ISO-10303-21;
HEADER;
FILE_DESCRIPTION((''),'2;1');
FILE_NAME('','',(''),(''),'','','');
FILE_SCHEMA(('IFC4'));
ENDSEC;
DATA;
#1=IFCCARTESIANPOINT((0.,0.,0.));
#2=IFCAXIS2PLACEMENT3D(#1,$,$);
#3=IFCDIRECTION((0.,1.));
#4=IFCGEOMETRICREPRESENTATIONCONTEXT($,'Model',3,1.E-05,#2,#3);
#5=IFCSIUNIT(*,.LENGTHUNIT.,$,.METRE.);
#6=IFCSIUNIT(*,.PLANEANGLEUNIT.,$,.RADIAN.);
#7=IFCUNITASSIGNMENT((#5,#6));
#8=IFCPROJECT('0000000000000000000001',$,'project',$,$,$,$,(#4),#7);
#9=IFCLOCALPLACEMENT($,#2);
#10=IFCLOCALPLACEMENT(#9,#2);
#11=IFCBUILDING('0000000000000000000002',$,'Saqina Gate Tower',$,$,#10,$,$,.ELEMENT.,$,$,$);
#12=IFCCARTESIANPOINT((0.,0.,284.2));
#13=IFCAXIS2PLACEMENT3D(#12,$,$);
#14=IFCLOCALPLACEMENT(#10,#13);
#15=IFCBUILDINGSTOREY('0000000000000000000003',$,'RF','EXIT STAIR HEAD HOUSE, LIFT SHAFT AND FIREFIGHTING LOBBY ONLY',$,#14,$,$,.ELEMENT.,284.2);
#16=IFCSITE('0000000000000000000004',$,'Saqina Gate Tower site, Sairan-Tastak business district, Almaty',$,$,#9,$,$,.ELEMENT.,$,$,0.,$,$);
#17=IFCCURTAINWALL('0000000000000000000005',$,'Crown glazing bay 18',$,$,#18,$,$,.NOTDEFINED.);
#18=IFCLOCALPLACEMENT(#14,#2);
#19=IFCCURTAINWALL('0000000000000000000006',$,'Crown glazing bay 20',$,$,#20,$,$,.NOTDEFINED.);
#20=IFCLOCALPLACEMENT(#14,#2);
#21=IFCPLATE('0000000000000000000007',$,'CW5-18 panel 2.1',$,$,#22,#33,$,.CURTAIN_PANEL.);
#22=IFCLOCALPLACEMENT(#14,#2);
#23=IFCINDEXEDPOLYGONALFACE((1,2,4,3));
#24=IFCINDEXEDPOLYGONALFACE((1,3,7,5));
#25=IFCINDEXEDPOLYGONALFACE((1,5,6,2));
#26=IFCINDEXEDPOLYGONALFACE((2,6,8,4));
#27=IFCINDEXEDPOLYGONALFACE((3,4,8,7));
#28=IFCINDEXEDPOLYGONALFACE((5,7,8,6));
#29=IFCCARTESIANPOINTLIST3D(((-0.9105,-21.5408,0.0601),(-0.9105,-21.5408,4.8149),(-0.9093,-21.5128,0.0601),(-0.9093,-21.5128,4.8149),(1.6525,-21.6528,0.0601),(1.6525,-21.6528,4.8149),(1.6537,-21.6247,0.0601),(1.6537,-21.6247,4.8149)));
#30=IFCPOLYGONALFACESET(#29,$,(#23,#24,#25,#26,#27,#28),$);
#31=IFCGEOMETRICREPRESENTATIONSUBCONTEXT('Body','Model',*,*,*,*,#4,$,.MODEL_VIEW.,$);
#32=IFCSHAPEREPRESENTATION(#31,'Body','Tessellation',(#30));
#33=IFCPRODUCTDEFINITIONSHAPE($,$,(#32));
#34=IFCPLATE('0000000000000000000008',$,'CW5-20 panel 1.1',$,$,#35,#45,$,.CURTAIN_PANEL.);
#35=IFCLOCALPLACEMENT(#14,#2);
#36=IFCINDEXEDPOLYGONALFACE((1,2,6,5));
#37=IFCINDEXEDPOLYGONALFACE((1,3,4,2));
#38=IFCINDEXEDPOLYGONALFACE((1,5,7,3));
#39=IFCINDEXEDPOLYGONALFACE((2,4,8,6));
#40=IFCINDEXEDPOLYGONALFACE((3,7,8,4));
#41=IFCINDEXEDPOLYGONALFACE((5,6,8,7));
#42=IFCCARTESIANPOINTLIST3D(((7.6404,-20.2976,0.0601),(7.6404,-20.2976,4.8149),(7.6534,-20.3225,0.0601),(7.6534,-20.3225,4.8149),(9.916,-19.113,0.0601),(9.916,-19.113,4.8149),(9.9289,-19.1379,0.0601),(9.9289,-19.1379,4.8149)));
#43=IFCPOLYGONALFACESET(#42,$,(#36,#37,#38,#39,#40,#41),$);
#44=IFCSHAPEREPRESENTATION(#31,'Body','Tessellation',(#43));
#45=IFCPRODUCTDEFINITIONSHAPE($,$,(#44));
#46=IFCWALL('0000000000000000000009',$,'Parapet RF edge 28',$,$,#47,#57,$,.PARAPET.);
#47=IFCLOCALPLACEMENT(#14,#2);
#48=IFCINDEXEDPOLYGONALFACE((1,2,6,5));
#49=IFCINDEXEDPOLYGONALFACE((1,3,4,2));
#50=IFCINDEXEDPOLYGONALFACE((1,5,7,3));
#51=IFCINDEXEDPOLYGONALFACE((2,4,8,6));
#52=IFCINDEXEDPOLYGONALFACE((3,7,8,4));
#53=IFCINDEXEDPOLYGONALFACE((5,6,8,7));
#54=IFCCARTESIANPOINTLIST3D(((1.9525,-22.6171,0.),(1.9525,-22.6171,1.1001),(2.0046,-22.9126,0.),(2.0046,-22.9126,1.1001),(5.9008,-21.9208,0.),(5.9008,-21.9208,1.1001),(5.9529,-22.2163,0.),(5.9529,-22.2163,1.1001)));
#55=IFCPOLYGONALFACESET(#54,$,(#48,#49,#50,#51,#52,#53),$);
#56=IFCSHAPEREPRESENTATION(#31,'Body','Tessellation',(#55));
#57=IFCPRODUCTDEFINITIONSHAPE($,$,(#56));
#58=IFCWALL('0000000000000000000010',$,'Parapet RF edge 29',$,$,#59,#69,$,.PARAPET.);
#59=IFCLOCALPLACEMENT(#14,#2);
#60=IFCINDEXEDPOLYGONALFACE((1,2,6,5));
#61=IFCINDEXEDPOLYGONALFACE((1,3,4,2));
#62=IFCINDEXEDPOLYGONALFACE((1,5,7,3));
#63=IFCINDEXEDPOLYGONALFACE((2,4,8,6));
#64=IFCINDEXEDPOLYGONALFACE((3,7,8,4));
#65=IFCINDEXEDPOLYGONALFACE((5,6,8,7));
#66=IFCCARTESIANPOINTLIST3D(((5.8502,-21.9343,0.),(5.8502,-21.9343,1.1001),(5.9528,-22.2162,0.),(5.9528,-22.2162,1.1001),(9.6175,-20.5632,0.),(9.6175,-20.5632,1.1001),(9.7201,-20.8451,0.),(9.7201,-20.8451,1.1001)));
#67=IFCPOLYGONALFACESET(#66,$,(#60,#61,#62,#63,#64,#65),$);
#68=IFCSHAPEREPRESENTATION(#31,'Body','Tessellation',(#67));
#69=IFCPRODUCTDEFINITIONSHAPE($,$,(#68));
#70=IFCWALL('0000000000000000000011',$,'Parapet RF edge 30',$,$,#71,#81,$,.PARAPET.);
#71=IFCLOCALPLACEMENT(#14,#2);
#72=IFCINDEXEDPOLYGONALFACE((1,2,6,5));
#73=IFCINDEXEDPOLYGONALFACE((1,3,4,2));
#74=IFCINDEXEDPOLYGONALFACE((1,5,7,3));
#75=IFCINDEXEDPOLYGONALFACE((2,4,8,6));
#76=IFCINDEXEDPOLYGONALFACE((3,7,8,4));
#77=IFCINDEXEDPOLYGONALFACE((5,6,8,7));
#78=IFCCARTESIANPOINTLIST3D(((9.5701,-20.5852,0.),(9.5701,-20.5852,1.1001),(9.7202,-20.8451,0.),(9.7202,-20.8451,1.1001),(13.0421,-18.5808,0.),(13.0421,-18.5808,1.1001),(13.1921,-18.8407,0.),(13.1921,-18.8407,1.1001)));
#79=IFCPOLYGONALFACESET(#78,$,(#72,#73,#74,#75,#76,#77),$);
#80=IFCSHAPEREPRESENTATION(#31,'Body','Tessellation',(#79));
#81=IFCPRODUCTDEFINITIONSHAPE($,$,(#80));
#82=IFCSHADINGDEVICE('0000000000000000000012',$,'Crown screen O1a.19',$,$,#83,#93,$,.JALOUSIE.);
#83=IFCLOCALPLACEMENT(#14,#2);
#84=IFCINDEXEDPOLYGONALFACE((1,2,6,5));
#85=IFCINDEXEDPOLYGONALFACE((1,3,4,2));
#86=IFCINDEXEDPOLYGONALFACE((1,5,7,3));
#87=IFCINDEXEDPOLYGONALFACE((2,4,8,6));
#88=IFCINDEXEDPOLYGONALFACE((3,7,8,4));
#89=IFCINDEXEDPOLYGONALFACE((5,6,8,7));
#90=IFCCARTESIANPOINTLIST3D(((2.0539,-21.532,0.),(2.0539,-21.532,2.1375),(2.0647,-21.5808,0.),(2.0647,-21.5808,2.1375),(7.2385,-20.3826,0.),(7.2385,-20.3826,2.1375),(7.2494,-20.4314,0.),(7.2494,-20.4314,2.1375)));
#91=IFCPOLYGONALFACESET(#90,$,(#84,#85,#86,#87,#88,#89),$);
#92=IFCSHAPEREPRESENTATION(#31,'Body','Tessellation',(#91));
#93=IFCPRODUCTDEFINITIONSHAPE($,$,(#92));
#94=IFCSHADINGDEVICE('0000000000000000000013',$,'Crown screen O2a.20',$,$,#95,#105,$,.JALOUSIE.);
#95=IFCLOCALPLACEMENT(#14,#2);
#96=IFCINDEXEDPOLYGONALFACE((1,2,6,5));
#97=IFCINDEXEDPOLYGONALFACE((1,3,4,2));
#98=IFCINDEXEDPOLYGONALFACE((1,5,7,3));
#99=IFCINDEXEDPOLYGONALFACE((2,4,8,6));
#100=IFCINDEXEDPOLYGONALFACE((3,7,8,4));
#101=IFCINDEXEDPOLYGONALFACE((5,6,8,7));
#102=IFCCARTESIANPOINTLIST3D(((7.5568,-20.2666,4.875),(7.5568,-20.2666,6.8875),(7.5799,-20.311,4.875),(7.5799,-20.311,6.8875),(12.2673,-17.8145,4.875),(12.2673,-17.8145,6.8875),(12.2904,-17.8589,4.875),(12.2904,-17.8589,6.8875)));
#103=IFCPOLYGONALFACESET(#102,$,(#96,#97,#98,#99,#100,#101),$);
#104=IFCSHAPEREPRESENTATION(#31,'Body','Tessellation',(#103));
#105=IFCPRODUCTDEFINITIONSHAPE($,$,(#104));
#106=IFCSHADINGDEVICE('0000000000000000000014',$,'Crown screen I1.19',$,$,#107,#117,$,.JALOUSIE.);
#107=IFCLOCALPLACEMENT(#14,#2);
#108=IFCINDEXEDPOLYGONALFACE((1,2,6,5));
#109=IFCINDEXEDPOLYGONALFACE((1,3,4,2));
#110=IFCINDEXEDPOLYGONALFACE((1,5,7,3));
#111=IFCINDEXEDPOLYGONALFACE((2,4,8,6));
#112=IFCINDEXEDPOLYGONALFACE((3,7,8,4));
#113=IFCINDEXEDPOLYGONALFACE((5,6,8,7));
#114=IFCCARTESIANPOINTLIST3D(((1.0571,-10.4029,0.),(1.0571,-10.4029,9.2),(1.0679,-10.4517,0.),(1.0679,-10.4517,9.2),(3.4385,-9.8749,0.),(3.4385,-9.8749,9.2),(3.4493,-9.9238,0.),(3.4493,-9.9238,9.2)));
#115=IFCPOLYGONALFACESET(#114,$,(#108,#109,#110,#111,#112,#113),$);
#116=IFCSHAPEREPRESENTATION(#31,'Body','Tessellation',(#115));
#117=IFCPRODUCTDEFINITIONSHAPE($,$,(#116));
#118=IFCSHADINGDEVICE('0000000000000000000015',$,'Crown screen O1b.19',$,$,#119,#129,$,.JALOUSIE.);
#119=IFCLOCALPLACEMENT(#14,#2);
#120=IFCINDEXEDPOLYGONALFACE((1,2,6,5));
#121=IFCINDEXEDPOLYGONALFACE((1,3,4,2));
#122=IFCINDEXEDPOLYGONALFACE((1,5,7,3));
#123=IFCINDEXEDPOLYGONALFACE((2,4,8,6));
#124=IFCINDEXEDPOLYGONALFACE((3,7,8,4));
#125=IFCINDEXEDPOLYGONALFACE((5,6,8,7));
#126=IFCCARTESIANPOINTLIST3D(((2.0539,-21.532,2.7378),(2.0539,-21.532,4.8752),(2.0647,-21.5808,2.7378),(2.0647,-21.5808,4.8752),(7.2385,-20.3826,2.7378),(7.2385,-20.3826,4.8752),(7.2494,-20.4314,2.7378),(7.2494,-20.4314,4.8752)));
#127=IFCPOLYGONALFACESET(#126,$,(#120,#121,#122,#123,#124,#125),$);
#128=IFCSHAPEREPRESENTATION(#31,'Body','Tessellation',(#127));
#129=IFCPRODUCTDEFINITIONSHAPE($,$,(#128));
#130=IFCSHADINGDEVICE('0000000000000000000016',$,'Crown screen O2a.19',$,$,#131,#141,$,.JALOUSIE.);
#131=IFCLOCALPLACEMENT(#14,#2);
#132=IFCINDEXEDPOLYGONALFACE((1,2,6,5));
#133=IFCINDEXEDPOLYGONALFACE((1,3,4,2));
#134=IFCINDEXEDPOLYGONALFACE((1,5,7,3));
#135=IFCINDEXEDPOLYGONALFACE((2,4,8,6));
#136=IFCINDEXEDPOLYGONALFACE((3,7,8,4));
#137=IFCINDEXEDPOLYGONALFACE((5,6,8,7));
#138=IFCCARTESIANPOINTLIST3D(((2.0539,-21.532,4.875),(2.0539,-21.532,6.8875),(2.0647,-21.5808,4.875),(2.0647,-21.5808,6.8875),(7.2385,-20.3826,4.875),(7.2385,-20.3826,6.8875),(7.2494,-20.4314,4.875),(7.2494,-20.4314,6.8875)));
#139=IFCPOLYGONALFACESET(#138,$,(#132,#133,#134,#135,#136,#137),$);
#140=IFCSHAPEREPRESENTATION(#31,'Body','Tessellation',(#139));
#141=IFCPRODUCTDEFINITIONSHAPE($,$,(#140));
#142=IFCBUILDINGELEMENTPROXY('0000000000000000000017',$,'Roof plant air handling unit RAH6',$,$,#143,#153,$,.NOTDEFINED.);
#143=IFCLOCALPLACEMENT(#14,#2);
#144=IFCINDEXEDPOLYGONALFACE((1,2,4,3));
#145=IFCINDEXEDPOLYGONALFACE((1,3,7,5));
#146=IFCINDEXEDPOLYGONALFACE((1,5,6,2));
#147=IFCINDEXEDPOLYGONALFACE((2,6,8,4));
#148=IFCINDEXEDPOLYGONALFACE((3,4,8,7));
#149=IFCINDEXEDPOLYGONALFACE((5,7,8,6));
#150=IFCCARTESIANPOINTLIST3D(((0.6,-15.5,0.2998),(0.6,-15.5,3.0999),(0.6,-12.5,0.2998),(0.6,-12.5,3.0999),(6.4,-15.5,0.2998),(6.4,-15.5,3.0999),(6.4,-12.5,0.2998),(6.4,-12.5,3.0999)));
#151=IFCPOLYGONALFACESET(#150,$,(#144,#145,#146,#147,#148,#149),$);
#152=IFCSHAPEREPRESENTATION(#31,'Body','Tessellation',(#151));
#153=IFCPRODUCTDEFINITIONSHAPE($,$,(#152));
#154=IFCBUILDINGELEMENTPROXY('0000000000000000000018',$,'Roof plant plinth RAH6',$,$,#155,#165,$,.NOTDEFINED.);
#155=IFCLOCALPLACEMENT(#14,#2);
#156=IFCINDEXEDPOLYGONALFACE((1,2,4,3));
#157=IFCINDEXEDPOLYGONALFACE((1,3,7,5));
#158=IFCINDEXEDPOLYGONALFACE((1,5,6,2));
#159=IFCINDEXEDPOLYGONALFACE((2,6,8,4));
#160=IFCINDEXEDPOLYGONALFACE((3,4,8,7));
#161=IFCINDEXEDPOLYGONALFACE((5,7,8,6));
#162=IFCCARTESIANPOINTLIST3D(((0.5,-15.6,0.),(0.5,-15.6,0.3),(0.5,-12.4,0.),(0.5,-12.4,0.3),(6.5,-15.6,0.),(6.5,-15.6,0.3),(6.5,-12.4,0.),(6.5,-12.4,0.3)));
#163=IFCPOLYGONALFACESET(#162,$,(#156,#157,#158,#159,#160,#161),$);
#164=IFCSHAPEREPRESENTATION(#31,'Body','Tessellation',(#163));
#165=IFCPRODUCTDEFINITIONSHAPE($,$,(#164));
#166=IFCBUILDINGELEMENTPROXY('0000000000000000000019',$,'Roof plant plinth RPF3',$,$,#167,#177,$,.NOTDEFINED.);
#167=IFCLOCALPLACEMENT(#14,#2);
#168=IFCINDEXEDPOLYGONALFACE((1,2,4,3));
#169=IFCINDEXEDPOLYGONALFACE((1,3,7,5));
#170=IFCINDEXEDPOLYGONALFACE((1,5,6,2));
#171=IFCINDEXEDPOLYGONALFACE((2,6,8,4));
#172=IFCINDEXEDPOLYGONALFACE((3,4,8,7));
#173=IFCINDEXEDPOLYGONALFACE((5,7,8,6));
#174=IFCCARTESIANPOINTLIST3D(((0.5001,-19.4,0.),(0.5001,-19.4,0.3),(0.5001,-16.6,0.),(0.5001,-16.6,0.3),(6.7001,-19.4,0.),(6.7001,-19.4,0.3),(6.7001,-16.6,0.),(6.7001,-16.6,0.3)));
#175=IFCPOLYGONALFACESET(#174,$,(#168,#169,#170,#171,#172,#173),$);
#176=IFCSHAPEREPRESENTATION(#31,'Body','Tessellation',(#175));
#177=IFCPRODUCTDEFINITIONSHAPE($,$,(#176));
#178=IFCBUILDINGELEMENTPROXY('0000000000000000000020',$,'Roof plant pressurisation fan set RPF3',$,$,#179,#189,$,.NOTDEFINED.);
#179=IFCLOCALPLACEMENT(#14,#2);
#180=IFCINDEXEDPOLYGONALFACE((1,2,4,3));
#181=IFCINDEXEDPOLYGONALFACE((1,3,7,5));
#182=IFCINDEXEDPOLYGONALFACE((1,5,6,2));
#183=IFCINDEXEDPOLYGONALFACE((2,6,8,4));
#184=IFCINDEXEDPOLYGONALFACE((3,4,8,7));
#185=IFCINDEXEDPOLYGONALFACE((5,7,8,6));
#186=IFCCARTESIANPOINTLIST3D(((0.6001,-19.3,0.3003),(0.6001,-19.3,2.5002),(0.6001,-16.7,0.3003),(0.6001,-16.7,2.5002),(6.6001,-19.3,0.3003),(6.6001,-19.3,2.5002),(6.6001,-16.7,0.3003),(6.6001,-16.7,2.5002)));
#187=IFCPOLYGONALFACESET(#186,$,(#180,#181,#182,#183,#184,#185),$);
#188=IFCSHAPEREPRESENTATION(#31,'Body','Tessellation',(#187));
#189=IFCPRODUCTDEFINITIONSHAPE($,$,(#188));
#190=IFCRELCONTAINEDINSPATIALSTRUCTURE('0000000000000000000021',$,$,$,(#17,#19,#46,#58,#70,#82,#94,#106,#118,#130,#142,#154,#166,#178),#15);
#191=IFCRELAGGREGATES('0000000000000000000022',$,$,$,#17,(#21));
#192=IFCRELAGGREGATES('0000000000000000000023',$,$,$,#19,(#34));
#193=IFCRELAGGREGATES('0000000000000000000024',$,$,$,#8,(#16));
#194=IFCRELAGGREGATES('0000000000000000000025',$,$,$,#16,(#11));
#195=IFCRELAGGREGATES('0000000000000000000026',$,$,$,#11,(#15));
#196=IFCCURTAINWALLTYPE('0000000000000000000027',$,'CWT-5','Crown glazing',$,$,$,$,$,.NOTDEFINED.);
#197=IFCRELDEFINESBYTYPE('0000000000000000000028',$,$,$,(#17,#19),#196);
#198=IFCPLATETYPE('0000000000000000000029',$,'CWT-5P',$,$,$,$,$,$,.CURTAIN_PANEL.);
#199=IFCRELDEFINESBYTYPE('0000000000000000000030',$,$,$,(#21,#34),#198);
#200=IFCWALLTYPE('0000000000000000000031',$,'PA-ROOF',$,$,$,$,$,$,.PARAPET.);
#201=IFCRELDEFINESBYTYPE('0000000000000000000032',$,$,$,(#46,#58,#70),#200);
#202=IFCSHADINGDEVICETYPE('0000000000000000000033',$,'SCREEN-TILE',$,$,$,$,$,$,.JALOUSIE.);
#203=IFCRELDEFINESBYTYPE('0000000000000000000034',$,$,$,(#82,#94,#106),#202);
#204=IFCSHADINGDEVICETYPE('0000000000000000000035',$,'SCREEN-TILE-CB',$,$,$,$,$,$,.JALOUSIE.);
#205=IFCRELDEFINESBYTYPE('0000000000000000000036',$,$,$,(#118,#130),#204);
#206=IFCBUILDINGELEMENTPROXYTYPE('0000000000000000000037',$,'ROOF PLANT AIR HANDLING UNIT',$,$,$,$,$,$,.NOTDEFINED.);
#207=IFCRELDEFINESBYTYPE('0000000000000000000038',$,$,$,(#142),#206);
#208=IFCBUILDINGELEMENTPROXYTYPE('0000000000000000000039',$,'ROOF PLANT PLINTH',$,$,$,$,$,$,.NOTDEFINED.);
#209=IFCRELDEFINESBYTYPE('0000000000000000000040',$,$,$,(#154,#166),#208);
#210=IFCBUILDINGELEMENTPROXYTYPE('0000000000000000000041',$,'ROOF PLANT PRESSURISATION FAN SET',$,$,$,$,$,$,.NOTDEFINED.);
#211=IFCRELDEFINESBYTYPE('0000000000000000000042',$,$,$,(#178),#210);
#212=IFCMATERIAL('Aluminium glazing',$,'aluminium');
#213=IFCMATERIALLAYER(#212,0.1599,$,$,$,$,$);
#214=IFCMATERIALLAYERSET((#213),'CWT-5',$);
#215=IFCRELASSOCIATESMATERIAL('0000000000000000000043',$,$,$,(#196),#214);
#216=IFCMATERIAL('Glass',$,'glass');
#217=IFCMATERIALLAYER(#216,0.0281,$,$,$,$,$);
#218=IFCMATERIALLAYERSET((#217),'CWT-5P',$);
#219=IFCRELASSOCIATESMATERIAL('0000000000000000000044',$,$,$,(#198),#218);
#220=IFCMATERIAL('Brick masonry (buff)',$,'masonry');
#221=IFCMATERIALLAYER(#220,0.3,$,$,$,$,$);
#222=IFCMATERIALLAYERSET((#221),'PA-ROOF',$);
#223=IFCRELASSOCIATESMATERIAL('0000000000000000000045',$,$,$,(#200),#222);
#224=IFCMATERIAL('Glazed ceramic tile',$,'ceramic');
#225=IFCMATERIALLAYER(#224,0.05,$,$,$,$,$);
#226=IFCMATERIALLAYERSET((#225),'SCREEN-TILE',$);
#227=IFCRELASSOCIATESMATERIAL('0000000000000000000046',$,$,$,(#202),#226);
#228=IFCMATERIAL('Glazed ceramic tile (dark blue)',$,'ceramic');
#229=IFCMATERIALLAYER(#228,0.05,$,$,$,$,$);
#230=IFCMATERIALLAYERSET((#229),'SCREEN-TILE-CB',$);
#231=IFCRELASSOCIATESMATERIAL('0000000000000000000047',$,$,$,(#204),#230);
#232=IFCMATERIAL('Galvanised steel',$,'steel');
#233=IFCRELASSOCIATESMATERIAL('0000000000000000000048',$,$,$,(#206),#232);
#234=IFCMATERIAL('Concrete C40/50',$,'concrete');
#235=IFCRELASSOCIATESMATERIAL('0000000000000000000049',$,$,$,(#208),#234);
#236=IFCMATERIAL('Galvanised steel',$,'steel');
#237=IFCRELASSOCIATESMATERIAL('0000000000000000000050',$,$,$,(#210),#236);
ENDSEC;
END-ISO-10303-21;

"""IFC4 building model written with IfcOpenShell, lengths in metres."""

from ifc_helpers import new_model, si_unit, direction, frame, frame_2d, origin, origin_2d, place, context, subcontext, project, spatial, rectangle, extrude, material, layer, layer_set, type_object, element, aggregate, save


model = new_model("IFC4")

# Units and contexts
model_context = context("Model", 3, precision=1e-05, world=origin(), true_north=direction((0.0, 1.0)))
body_context = subcontext(model_context, "Body", "Model", "MODEL_VIEW")
ifc_project = project(units=[si_unit("LENGTHUNIT", "METRE"), si_unit("PLANEANGLEUNIT", "RADIAN")], contexts=[model_context])

# Site, building, storey
site_placement = place(None, origin())
site = spatial("IfcSite", under=ifc_project, at=site_placement, Name="Saqina Gate Tower site, Sairan-Tastak business district, Almaty", CompositionType="ELEMENT", RefElevation=0.0)
building_placement = place(site_placement, origin())
building = spatial("IfcBuilding", under=site, at=building_placement, Name="Saqina Gate Tower", CompositionType="ELEMENT")
storey_placement = place(building_placement, frame((0.0, 0.0, 284.2)))
storey = spatial("IfcBuildingStorey", under=building, at=storey_placement, Name="RF", Description="EXIT STAIR HEAD HOUSE, LIFT SHAFT AND FIREFIGHTING LOBBY ONLY", CompositionType="ELEMENT", Elevation=284.2)

# Curtain wall
ifc_material_1 = material(Name="Aluminium glazing", Category="aluminium")
ifc_layer_1 = layer(ifc_material_1, 0.1599)
ifc_layer_set_1 = layer_set([ifc_layer_1], Name="CWT-5")
curtain_wall_type = type_object("IfcCurtainWallType", Name="CWT-5", Description="Crown glazing", PredefinedType="NOTDEFINED", material=ifc_layer_set_1)
curtain_wall_1_placement = place(storey_placement, origin())
curtain_wall_1 = element("IfcCurtainWall", 1, at=curtain_wall_1_placement, inside=storey, type_object=curtain_wall_type, Name="Crown glazing bay 18", PredefinedType="NOTDEFINED")

# Curtain wall
curtain_wall_2_placement = place(storey_placement, origin())
curtain_wall_2 = element("IfcCurtainWall", 2, at=curtain_wall_2_placement, inside=storey, type_object=curtain_wall_type, Name="Crown glazing bay 20", PredefinedType="NOTDEFINED")

# Plates
ifc_material_2 = material(Name="Glass", Category="glass")
ifc_layer_2 = layer(ifc_material_2, 0.0281)
ifc_layer_set_2 = layer_set([ifc_layer_2], Name="CWT-5P")
plate_type = type_object("IfcPlateType", Name="CWT-5P", PredefinedType="CURTAIN_PANEL", material=ifc_layer_set_2)
plate_1_placement = place(storey_placement, frame((0.3716, -21.5828, 0.0601), z_axis=(0.0, 0.0, 1.0), x_axis=(0.999048, -0.043629, 0.0)))
plate_1 = element("IfcPlate", 3, at=plate_1_placement, type_object=plate_type, Name="CW5-18 panel 2.1", PredefinedType="CURTAIN_PANEL", context=body_context, shape_type="SweptSolid", body=[
    extrude(rectangle(XDim=2.5654, YDim=0.0281, at=origin_2d()), origin(), (0.0, 0.0, 1.0), 4.7549),
])
aggregate(curtain_wall_1, [plate_1])
plate_2_placement = place(storey_placement, frame((8.7847, -19.7178, 0.0601), z_axis=(0.0, 0.0, 1.0), x_axis=(0.88701, 0.461751, 0.0)))
plate_2 = element("IfcPlate", 4, at=plate_2_placement, type_object=plate_type, Name="CW5-20 panel 1.1", PredefinedType="CURTAIN_PANEL", context=body_context, shape_type="SweptSolid", body=[
    extrude(rectangle(XDim=2.5654, YDim=0.0281, at=origin_2d()), origin(), (0.0, 0.0, 1.0), 4.7549),
])
aggregate(curtain_wall_2, [plate_2])

# Walls
ifc_material_3 = material(Name="Brick masonry (buff)", Category="masonry")
ifc_layer_3 = layer(ifc_material_3, 0.3)
ifc_layer_set_3 = layer_set([ifc_layer_3], Name="PA-ROOF")
wall_type = type_object("IfcWallType", Name="PA-ROOF", PredefinedType="PARAPET", material=ifc_layer_set_3)
wall_placement = place(storey_placement, frame((1.9785, -22.7649, 0.0), z_axis=(0.0, 0.0, 1.0), x_axis=(0.984803, 0.173674, 0.0)))
element("IfcWall", 5, at=wall_placement, inside=storey, type_object=wall_type, Name="Parapet RF edge 28", PredefinedType="PARAPET", context=body_context, shape_type="SweptSolid", body=[
    extrude(rectangle(XDim=4.0093, YDim=0.3, at=frame_2d((2.0046, 0.0))), origin(), (0.0, 0.0, 1.0), 1.1001),
])
for number, where, z_axis, x_axis, name in (
    (6, (5.9016, -22.0752, 0.0), (0.0, 0.0, 1.0), (0.939701, 0.341997, 0.0), "Parapet RF edge 29"),
    (7, (9.6453, -20.7151, 0.0), (0.0, 0.0, 1.0), (0.866039, 0.499977, 0.0), "Parapet RF edge 30"),
):
    element("IfcWall", number, at=place(storey_placement, frame(where, z_axis=z_axis, x_axis=x_axis)), inside=storey, type_object=wall_type, Name=name, PredefinedType="PARAPET", context=body_context, shape_type="SweptSolid", body=[
        extrude(rectangle(XDim=4.009, YDim=0.3, at=frame_2d((2.0044, 0.0))), origin(), (0.0, 0.0, 1.0), 1.1001),
    ])

# Shading devices
ifc_material_4 = material(Name="Glazed ceramic tile", Category="ceramic")
ifc_layer_4 = layer(ifc_material_4, 0.05)
ifc_layer_set_4 = layer_set([ifc_layer_4], Name="SCREEN-TILE")
shading_device_type_1 = type_object("IfcShadingDeviceType", Name="SCREEN-TILE", PredefinedType="JALOUSIE", material=ifc_layer_set_4)
shading_device_1_placement = place(storey_placement, frame((4.6516, -20.9817, 0.0), z_axis=(0.0, 0.0, 1.0), x_axis=(0.976296, 0.21644, 0.0)))
element("IfcShadingDevice", 8, at=shading_device_1_placement, inside=storey, type_object=shading_device_type_1, Name="Crown screen O1a.19", PredefinedType="JALOUSIE", context=body_context, shape_type="SweptSolid", body=[
    extrude(rectangle(XDim=5.3105, YDim=0.05, at=origin_2d()), origin(), (0.0, 0.0, 1.0), 2.1375),
])
shading_device_2_placement = place(storey_placement, frame((9.9236, -19.0627, 4.875), z_axis=(0.0, 0.0, 1.0), x_axis=(0.887011, 0.461749, 0.0)))
element("IfcShadingDevice", 9, at=shading_device_2_placement, inside=storey, type_object=shading_device_type_1, Name="Crown screen O2a.20", PredefinedType="JALOUSIE", context=body_context, shape_type="SweptSolid", body=[
    extrude(rectangle(XDim=5.3105, YDim=0.05, at=origin_2d()), origin(), (0.0, 0.0, 1.0), 2.0125),
])
shading_device_3_placement = place(storey_placement, frame((2.2532, -10.1633, 0.0), z_axis=(0.0, 0.0, 1.0), x_axis=(0.976296, 0.21644, 0.0)))
element("IfcShadingDevice", 10, at=shading_device_3_placement, inside=storey, type_object=shading_device_type_1, Name="Crown screen I1.19", PredefinedType="JALOUSIE", context=body_context, shape_type="SweptSolid", body=[
    extrude(rectangle(XDim=2.4392, YDim=0.05, at=origin_2d()), origin(), (0.0, 0.0, 1.0), 9.2),
])
ifc_material_5 = material(Name="Glazed ceramic tile (dark blue)", Category="ceramic")
ifc_layer_5 = layer(ifc_material_5, 0.05)
ifc_layer_set_5 = layer_set([ifc_layer_5], Name="SCREEN-TILE-CB")
shading_device_type_2 = type_object("IfcShadingDeviceType", Name="SCREEN-TILE-CB", PredefinedType="JALOUSIE", material=ifc_layer_set_5)
shading_device_4_placement = place(storey_placement, frame((4.6516, -20.9817, 2.7378), z_axis=(0.0, 0.0, 1.0), x_axis=(0.976296, 0.21644, 0.0)))
element("IfcShadingDevice", 11, at=shading_device_4_placement, inside=storey, type_object=shading_device_type_2, Name="Crown screen O1b.19", PredefinedType="JALOUSIE", context=body_context, shape_type="SweptSolid", body=[
    extrude(rectangle(XDim=5.3105, YDim=0.05, at=origin_2d()), origin(), (0.0, 0.0, 1.0), 2.1375),
])
shading_device_5_placement = place(storey_placement, frame((4.6516, -20.9817, 4.875), z_axis=(0.0, 0.0, 1.0), x_axis=(0.976296, 0.21644, 0.0)))
element("IfcShadingDevice", 12, at=shading_device_5_placement, inside=storey, type_object=shading_device_type_2, Name="Crown screen O2a.19", PredefinedType="JALOUSIE", context=body_context, shape_type="SweptSolid", body=[
    extrude(rectangle(XDim=5.3105, YDim=0.05, at=origin_2d()), origin(), (0.0, 0.0, 1.0), 2.0125),
])

# Building element proxies
ifc_material_6 = material(Name="Galvanised steel", Category="steel")
building_element_proxy_type_1 = type_object("IfcBuildingElementProxyType", Name="ROOF PLANT AIR HANDLING UNIT", PredefinedType="NOTDEFINED", material=ifc_material_6)
proxy_1_placement = place(storey_placement, frame((3.5, -14.0, 0.2998), z_axis=(0.0, 0.0, 1.0), x_axis=(1.0, 0.0, 0.0)))
element("IfcBuildingElementProxy", 13, at=proxy_1_placement, inside=storey, type_object=building_element_proxy_type_1, Name="Roof plant air handling unit RAH6", PredefinedType="NOTDEFINED", context=body_context, shape_type="SweptSolid", body=[
    extrude(rectangle(XDim=5.8, YDim=3.0, at=origin_2d()), origin(), (0.0, 0.0, 1.0), 2.8),
])
ifc_material_7 = material(Name="Concrete C40/50", Category="concrete")
building_element_proxy_type_2 = type_object("IfcBuildingElementProxyType", Name="ROOF PLANT PLINTH", PredefinedType="NOTDEFINED", material=ifc_material_7)
proxy_2_placement = place(storey_placement, frame((3.5, -14.0, 0.0), z_axis=(0.0, 0.0, 1.0), x_axis=(1.0, 0.0, 0.0)))
element("IfcBuildingElementProxy", 14, at=proxy_2_placement, inside=storey, type_object=building_element_proxy_type_2, Name="Roof plant plinth RAH6", PredefinedType="NOTDEFINED", context=body_context, shape_type="SweptSolid", body=[
    extrude(rectangle(XDim=6.0, YDim=3.2, at=origin_2d()), origin(), (0.0, 0.0, 1.0), 0.3),
])
proxy_3_placement = place(storey_placement, frame((3.6001, -18.0, 0.0), z_axis=(0.0, 0.0, 1.0), x_axis=(1.0, 0.0, 0.0)))
element("IfcBuildingElementProxy", 15, at=proxy_3_placement, inside=storey, type_object=building_element_proxy_type_2, Name="Roof plant plinth RPF3", PredefinedType="NOTDEFINED", context=body_context, shape_type="SweptSolid", body=[
    extrude(rectangle(XDim=6.2, YDim=2.8, at=origin_2d()), origin(), (0.0, 0.0, 1.0), 0.3),
])
ifc_material_8 = material(Name="Galvanised steel", Category="steel")
building_element_proxy_type_3 = type_object("IfcBuildingElementProxyType", Name="ROOF PLANT PRESSURISATION FAN SET", PredefinedType="NOTDEFINED", material=ifc_material_8)
proxy_4_placement = place(storey_placement, frame((3.6001, -18.0, 0.3003), z_axis=(0.0, 0.0, 1.0), x_axis=(1.0, 0.0, 0.0)))
element("IfcBuildingElementProxy", 16, at=proxy_4_placement, inside=storey, type_object=building_element_proxy_type_3, Name="Roof plant pressurisation fan set RPF3", PredefinedType="NOTDEFINED", context=body_context, shape_type="SweptSolid", body=[
    extrude(rectangle(XDim=6.0, YDim=2.6001, at=origin_2d()), origin(), (0.0, 0.0, 1.0), 2.2),
])

save(model, "model.ifc")
